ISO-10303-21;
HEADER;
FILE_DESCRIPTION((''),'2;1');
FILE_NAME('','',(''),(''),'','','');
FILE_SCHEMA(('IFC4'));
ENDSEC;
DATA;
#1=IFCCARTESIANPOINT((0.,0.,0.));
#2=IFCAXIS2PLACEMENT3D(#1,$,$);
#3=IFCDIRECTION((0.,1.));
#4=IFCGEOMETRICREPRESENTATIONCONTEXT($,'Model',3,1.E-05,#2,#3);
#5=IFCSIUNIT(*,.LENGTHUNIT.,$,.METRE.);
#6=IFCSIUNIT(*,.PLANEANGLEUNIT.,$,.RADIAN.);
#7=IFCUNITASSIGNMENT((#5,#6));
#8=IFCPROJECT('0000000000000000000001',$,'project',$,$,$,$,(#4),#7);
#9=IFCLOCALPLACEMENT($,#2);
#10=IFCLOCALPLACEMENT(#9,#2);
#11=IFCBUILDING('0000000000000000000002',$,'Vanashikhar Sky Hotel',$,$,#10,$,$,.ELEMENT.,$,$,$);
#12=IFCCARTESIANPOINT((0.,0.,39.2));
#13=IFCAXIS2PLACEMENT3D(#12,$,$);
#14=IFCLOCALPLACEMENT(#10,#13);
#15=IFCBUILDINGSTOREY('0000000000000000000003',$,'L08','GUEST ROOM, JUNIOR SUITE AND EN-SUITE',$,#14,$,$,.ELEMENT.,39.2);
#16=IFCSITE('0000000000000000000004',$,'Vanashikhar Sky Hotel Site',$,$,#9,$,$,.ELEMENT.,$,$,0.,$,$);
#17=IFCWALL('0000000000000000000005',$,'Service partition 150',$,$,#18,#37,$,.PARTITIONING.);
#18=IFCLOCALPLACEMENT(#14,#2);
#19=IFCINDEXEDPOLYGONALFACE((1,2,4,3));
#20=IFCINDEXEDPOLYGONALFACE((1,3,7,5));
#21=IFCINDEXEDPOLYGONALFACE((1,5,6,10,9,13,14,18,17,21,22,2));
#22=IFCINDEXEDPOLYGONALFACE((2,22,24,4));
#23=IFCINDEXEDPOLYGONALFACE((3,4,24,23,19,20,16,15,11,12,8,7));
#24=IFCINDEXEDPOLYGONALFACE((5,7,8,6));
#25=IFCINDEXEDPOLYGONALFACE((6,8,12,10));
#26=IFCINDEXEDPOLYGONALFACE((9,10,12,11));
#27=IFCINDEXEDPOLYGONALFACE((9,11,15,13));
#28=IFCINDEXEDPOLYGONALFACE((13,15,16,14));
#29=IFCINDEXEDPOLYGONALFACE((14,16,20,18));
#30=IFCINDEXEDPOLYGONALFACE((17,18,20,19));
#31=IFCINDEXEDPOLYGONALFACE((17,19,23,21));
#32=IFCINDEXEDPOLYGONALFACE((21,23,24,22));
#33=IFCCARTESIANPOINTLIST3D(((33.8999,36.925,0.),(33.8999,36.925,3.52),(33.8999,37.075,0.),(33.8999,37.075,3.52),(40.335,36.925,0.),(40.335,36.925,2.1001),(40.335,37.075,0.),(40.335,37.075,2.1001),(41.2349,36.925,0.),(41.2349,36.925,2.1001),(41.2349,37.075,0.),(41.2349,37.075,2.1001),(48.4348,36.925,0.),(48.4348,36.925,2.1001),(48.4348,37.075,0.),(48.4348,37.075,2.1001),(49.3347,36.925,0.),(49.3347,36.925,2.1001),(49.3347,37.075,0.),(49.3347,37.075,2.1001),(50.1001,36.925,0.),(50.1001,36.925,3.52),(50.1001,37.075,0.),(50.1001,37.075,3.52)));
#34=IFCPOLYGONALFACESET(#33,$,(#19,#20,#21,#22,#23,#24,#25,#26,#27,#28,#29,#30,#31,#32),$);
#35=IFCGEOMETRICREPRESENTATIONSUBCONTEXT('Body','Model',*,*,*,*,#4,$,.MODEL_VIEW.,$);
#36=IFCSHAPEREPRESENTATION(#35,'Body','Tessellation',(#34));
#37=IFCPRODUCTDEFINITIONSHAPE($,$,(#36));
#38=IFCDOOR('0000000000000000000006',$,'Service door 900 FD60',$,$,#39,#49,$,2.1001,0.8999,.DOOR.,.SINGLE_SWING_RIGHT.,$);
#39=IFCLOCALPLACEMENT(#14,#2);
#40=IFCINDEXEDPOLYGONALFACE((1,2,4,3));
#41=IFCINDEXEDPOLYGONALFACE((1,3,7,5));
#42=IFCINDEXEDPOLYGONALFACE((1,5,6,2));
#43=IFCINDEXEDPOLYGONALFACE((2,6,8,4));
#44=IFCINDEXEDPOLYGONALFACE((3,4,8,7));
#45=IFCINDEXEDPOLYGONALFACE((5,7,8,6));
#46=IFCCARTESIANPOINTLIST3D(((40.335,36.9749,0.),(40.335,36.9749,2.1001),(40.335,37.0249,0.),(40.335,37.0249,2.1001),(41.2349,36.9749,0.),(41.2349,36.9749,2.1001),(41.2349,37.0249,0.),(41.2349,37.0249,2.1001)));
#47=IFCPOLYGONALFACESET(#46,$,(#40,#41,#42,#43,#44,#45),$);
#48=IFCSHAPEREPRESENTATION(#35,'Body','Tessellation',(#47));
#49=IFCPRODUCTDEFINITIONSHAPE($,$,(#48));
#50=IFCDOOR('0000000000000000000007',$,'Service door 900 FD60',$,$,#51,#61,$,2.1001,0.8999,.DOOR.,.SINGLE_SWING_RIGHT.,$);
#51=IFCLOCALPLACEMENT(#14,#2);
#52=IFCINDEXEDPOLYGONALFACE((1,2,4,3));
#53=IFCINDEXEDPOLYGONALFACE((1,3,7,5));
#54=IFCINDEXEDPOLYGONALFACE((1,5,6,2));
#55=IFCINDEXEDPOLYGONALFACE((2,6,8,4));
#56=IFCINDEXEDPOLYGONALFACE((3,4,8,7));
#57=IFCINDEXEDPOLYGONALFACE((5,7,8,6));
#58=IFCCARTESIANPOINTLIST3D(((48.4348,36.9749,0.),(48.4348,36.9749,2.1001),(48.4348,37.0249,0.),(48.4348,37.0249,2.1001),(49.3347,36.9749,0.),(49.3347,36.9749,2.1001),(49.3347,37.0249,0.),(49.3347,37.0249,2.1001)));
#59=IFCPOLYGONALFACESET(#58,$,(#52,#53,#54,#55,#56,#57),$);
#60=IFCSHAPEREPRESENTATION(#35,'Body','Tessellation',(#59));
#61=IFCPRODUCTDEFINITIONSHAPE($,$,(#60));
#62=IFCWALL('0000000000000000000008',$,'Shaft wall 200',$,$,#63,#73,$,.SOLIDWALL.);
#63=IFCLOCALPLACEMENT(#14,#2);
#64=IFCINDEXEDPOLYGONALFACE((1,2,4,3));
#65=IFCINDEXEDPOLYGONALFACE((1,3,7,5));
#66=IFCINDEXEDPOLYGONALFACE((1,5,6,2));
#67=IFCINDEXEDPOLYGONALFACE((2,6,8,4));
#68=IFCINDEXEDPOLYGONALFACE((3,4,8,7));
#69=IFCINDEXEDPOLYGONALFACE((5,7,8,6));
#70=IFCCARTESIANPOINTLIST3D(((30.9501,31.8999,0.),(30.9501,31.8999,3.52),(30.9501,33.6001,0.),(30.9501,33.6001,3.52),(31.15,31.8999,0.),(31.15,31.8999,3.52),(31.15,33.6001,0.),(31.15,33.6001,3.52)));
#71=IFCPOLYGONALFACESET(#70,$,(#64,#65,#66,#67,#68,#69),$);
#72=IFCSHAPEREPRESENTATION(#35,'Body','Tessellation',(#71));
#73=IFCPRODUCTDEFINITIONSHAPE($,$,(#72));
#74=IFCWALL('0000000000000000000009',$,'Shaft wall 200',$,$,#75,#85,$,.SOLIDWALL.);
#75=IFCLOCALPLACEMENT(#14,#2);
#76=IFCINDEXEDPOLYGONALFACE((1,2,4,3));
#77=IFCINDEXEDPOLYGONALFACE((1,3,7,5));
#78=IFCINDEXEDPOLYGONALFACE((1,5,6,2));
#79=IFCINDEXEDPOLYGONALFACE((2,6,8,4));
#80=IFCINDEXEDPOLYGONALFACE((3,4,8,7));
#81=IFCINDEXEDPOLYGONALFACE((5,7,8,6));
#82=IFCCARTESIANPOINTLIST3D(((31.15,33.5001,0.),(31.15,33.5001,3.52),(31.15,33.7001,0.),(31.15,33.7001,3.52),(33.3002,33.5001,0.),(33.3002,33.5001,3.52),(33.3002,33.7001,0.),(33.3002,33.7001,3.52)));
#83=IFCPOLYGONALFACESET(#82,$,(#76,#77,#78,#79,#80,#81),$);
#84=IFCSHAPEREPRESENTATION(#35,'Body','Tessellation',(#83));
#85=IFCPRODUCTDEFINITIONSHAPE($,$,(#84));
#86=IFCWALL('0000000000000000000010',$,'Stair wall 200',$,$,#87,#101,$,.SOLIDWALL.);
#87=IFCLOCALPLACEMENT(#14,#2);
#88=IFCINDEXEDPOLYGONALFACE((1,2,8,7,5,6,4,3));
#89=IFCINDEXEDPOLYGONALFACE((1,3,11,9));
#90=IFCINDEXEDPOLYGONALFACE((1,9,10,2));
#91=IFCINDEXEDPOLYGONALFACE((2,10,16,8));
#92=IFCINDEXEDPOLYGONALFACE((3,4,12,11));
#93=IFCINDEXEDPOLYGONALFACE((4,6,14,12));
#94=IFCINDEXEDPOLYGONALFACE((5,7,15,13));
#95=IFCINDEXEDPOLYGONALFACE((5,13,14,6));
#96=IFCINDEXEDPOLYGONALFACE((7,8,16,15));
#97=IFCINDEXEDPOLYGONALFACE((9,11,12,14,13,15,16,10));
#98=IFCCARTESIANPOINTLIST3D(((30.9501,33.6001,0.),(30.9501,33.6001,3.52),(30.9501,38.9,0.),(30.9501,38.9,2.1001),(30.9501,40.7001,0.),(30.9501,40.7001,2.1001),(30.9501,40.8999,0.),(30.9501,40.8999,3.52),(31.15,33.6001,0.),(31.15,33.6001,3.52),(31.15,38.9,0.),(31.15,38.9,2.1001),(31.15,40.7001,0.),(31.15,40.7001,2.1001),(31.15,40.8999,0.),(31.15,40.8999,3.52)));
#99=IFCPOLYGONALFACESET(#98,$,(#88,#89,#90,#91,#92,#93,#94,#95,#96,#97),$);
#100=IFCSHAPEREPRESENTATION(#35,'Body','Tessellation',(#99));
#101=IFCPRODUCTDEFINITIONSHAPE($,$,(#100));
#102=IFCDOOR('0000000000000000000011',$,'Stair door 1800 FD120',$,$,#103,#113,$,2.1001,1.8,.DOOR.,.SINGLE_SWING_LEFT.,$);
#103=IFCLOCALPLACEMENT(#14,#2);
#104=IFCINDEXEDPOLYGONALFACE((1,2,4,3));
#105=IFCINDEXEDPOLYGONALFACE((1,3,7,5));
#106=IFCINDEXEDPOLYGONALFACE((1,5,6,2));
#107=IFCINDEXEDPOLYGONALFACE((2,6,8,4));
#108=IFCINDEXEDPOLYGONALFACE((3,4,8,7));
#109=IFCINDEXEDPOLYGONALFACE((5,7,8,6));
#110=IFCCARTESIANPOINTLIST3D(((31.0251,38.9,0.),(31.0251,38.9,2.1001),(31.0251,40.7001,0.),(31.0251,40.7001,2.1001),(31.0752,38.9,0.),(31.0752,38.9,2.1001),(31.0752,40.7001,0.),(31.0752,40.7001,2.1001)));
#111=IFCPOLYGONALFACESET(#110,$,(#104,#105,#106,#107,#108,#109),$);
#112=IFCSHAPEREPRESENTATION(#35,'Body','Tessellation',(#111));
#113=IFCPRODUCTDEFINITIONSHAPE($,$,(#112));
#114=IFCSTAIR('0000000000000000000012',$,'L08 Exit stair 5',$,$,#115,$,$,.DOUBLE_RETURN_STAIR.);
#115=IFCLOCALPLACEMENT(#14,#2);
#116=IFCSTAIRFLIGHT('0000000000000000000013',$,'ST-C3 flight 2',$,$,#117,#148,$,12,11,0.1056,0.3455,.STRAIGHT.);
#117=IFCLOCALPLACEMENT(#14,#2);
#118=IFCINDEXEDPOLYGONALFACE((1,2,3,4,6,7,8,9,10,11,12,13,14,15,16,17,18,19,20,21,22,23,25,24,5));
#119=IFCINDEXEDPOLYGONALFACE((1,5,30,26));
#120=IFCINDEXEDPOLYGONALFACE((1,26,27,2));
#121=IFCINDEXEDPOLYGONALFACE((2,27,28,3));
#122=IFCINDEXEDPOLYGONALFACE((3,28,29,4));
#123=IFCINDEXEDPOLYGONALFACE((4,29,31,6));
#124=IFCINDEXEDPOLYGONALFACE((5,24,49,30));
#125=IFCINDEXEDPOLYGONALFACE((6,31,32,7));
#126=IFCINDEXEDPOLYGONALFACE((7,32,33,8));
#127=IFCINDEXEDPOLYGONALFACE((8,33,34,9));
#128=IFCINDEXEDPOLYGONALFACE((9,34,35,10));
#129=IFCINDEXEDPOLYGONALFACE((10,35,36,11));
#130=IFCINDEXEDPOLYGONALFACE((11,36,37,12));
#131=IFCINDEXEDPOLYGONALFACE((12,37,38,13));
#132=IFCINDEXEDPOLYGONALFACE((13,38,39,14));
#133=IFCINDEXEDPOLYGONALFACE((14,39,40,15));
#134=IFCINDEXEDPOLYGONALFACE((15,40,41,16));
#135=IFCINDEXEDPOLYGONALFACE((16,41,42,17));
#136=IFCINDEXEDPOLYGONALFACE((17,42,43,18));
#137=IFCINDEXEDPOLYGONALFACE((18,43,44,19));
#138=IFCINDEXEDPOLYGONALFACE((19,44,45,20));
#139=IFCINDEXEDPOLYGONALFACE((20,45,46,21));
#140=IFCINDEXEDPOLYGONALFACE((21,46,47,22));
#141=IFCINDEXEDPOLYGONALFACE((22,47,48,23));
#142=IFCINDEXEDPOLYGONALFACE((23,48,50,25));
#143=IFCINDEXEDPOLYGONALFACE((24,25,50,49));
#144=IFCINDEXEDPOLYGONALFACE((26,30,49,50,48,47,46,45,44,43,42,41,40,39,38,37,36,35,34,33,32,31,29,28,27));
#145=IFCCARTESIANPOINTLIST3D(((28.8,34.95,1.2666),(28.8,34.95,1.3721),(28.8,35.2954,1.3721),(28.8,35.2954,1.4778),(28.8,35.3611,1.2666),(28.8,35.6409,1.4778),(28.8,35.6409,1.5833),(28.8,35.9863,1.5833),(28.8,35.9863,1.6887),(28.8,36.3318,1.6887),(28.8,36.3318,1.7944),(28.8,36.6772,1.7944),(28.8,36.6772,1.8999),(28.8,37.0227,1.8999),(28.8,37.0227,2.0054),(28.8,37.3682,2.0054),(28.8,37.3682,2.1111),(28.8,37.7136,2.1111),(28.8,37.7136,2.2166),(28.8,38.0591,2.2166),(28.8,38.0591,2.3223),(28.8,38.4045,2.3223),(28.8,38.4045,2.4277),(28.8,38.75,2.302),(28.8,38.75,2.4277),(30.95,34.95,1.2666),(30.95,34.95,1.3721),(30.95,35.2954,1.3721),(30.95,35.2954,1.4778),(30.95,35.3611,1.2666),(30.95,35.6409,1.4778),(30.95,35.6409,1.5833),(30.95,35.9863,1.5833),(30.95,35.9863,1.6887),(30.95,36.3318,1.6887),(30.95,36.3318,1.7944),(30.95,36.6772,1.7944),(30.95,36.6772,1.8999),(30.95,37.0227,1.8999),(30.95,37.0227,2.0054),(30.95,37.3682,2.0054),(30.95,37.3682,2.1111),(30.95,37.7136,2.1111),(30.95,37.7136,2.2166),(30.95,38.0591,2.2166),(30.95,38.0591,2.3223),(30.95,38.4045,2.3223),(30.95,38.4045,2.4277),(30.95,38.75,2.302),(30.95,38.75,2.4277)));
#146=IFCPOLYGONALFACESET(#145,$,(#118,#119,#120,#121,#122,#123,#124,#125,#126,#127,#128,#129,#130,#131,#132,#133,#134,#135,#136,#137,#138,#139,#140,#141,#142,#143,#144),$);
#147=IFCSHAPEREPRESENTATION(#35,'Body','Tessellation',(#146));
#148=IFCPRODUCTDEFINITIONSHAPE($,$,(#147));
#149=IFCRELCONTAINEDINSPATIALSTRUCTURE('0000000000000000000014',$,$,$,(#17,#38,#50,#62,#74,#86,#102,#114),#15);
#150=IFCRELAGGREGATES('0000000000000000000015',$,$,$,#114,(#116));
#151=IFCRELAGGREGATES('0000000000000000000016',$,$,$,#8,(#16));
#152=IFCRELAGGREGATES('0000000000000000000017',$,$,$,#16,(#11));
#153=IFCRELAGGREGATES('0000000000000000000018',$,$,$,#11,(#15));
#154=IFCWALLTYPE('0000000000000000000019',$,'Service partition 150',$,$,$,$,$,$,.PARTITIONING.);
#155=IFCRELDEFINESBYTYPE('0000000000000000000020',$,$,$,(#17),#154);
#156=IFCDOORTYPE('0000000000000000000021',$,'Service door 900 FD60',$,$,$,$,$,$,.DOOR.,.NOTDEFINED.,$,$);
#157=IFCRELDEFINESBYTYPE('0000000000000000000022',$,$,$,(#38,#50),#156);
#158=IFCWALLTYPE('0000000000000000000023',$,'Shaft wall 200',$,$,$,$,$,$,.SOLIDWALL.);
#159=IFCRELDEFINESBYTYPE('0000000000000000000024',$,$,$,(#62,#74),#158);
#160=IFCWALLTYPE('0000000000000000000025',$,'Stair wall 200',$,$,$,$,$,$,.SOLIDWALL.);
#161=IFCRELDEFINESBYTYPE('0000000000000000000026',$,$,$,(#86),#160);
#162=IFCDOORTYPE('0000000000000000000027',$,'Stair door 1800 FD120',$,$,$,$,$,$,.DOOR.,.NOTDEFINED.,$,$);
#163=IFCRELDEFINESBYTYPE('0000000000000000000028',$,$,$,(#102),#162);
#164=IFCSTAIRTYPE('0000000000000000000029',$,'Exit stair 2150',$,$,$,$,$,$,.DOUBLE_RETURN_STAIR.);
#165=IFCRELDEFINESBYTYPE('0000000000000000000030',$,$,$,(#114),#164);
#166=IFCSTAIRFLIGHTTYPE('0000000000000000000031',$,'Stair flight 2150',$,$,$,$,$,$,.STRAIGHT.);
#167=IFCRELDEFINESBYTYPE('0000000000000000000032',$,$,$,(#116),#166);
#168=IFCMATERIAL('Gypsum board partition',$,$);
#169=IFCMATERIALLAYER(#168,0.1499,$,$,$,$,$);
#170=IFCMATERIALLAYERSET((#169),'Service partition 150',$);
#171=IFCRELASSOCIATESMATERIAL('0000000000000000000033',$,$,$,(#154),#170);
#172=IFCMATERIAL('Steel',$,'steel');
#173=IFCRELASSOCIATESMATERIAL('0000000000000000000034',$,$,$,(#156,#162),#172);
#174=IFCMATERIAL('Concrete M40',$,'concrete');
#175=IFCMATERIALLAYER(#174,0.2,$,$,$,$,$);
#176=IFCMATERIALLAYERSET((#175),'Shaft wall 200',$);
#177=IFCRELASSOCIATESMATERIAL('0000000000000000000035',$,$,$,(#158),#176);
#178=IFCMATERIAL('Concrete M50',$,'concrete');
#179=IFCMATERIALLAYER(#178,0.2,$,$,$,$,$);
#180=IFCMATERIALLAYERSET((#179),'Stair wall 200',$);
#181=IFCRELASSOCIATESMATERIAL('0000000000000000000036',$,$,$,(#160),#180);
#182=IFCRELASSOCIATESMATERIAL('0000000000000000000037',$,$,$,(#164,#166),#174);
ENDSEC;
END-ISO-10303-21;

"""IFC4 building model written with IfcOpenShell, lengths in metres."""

from ifc_helpers import new_model, si_unit, direction, frame, frame_2d, origin, place, context, subcontext, project, spatial, polyline, rectangle, outline, extrude, source, transform, mapped, material, layer, layer_set, type_object, element, fill, aggregate, save


model = new_model("IFC4")

# Units and contexts
model_context = context("Model", 3, precision=1e-05, world=origin(), true_north=direction((0.0, 1.0)))
body_context = subcontext(model_context, "Body", "Model", "MODEL_VIEW")
ifc_project = project(units=[si_unit("LENGTHUNIT", "METRE"), si_unit("PLANEANGLEUNIT", "RADIAN")], contexts=[model_context])

# Site, building, storey
site_placement = place(None, origin())
site = spatial("IfcSite", under=ifc_project, at=site_placement, Name="Vanashikhar Sky Hotel Site", CompositionType="ELEMENT", RefElevation=0.0)
building_placement = place(site_placement, origin())
building = spatial("IfcBuilding", under=site, at=building_placement, Name="Vanashikhar Sky Hotel", CompositionType="ELEMENT")
storey_placement = place(building_placement, frame((0.0, 0.0, 39.2)))
storey = spatial("IfcBuildingStorey", under=building, at=storey_placement, Name="L08", Description="GUEST ROOM, JUNIOR SUITE AND EN-SUITE", CompositionType="ELEMENT", Elevation=39.2)

# Shared definitions
ifc_material_1 = material(Name="Steel", Category="steel")

# Shared definitions
ifc_material_2 = material(Name="Gypsum board partition")
ifc_layer_1 = layer(ifc_material_2, 0.1499)
ifc_layer_set_1 = layer_set([ifc_layer_1], Name="Service partition 150")
wall_type_1 = type_object("IfcWallType", Name="Service partition 150", PredefinedType="PARTITIONING", material=ifc_layer_set_1)

# Wall, openings, doors
shared_shape_1 = source(origin(), body_context, "Body", "SweptSolid", [
    extrude(rectangle(XDim=0.8999, YDim=2.1001, at=frame_2d((0.45, 1.05))), frame((0.0, 0.085, 0.0), z_axis=(0.0, -1.0, 0.0), x_axis=(1.0, 0.0, 0.0)), (0.0, 0.0, 1.0), 0.1699),
])
door_type_1 = type_object("IfcDoorType", Name="Service door 900 FD60", OperationType="NOTDEFINED", PredefinedType="DOOR", material=ifc_material_1)
shared_shape_2 = source(origin(), body_context, "Body", "SweptSolid", [
    extrude(rectangle(XDim=0.8999, YDim=2.1001, at=frame_2d((0.45, 1.05))), frame((0.0, 0.0249, 0.0), z_axis=(0.0, -1.0, 0.0), x_axis=(1.0, 0.0, 0.0)), (0.0, 0.0, 1.0), 0.05),
])
shared_shape_3 = source(origin(), body_context, "Body", "SweptSolid", [
    extrude(rectangle(XDim=16.2002, YDim=0.1499, at=frame_2d((8.1001, 0.0))), origin(), (0.0, 0.0, 1.0), 3.52),
])
wall_1_placement = place(storey_placement, frame((33.8999, 37.0, 0.0), z_axis=(0.0, 0.0, 1.0), x_axis=(1.0, 0.0, 0.0)))
wall_1 = element("IfcWall", 1, at=wall_1_placement, inside=storey, type_object=wall_type_1, Name="Service partition 150", PredefinedType="PARTITIONING", context=body_context, shape_type="MappedRepresentation", body=[
    mapped(shared_shape_3, transform((0.0, 0.0, 0.0), scale=1.0)),
])
opening_1_placement = place(wall_1_placement, frame((6.4351, 0.0, 0.0)))
opening_1 = element("IfcOpeningElement", 2, at=opening_1_placement, cuts=wall_1, PredefinedType="OPENING", context=body_context, shape_type="MappedRepresentation", body=[
    mapped(shared_shape_1, transform((0.0, 0.0, 0.0), scale=1.0)),
])
opening_2_placement = place(wall_1_placement, frame((14.5349, 0.0, 0.0)))
opening_2 = element("IfcOpeningElement", 3, at=opening_2_placement, cuts=wall_1, PredefinedType="OPENING", context=body_context, shape_type="MappedRepresentation", body=[
    mapped(shared_shape_1, transform((0.0, 0.0, 0.0), scale=1.0)),
])
door_1_placement = place(opening_1_placement, origin())
door_1 = element("IfcDoor", 4, at=door_1_placement, inside=storey, type_object=door_type_1, Name="Service door 900 FD60", OperationType="SINGLE_SWING_RIGHT", OverallHeight=2.1001, OverallWidth=0.8999, PredefinedType="DOOR", context=body_context, shape_type="MappedRepresentation", body=[
    mapped(shared_shape_2, transform((0.0, 0.0, 0.0), scale=1.0)),
])
fill(opening_1, door_1)
door_2_placement = place(opening_2_placement, origin())
door_2 = element("IfcDoor", 5, at=door_2_placement, inside=storey, type_object=door_type_1, Name="Service door 900 FD60", OperationType="SINGLE_SWING_RIGHT", OverallHeight=2.1001, OverallWidth=0.8999, PredefinedType="DOOR", context=body_context, shape_type="MappedRepresentation", body=[
    mapped(shared_shape_2, transform((0.0, 0.0, 0.0), scale=1.0)),
])
fill(opening_2, door_2)

# Walls
ifc_material_3 = material(Name="Concrete M40", Category="concrete")
ifc_layer_2 = layer(ifc_material_3, 0.2)
ifc_layer_set_2 = layer_set([ifc_layer_2], Name="Shaft wall 200")
wall_type_2 = type_object("IfcWallType", Name="Shaft wall 200", PredefinedType="SOLIDWALL", material=ifc_layer_set_2)
shared_shape_4 = source(origin(), body_context, "Body", "SweptSolid", [
    extrude(rectangle(XDim=1.7002, YDim=0.2, at=frame_2d((0.8501, 0.0))), origin(), (0.0, 0.0, 1.0), 3.52),
])
wall_2_placement = place(storey_placement, frame((31.05, 31.8999, 0.0), z_axis=(0.0, 0.0, 1.0), x_axis=(0.0, 1.0, 0.0)))
element("IfcWall", 6, at=wall_2_placement, inside=storey, type_object=wall_type_2, Name="Shaft wall 200", PredefinedType="SOLIDWALL", context=body_context, shape_type="MappedRepresentation", body=[
    mapped(shared_shape_4, transform((0.0, 0.0, 0.0), scale=1.0)),
])
shared_shape_5 = source(origin(), body_context, "Body", "SweptSolid", [
    extrude(rectangle(XDim=2.1501, YDim=0.2, at=frame_2d((1.0752, 0.0))), origin(), (0.0, 0.0, 1.0), 3.52),
])
wall_3_placement = place(storey_placement, frame((31.1499, 33.6001, 0.0), z_axis=(0.0, 0.0, 1.0), x_axis=(1.0, 0.0, 0.0)))
element("IfcWall", 7, at=wall_3_placement, inside=storey, type_object=wall_type_2, Name="Shaft wall 200", PredefinedType="SOLIDWALL", context=body_context, shape_type="MappedRepresentation", body=[
    mapped(shared_shape_5, transform((0.0, 0.0, 0.0), scale=1.0)),
])

# Wall, opening, door
ifc_material_4 = material(Name="Concrete M50", Category="concrete")
ifc_layer_3 = layer(ifc_material_4, 0.2)
ifc_layer_set_3 = layer_set([ifc_layer_3], Name="Stair wall 200")
wall_type_3 = type_object("IfcWallType", Name="Stair wall 200", PredefinedType="SOLIDWALL", material=ifc_layer_set_3)
shared_shape_6 = source(origin(), body_context, "Body", "SweptSolid", [
    extrude(rectangle(XDim=7.2998, YDim=0.2, at=frame_2d((3.6499, 0.0))), origin(), (0.0, 0.0, 1.0), 3.52),
])
wall_4_placement = place(storey_placement, frame((31.05, 33.6001, 0.0), z_axis=(0.0, 0.0, 1.0), x_axis=(0.0, 1.0, 0.0)))
wall_4 = element("IfcWall", 8, at=wall_4_placement, inside=storey, type_object=wall_type_3, Name="Stair wall 200", PredefinedType="SOLIDWALL", context=body_context, shape_type="MappedRepresentation", body=[
    mapped(shared_shape_6, transform((0.0, 0.0, 0.0), scale=1.0)),
])
shared_shape_7 = source(origin(), body_context, "Body", "SweptSolid", [
    extrude(rectangle(XDim=1.8, YDim=2.1001, at=frame_2d((0.8999, 1.05))), frame((0.0, 0.1099, 0.0), z_axis=(0.0, -1.0, 0.0), x_axis=(1.0, 0.0, 0.0)), (0.0, 0.0, 1.0), 0.22),
])
opening_3_placement = place(wall_4_placement, frame((5.3, 0.0, 0.0)))
opening_3 = element("IfcOpeningElement", 9, at=opening_3_placement, cuts=wall_4, PredefinedType="OPENING", context=body_context, shape_type="MappedRepresentation", body=[
    mapped(shared_shape_7, transform((0.0, 0.0, 0.0), scale=1.0)),
])
door_type_2 = type_object("IfcDoorType", Name="Stair door 1800 FD120", OperationType="NOTDEFINED", PredefinedType="DOOR", material=ifc_material_1)
shared_shape_8 = source(origin(), body_context, "Body", "SweptSolid", [
    extrude(rectangle(XDim=1.8, YDim=2.1001, at=frame_2d((0.8999, 1.05))), frame((0.0, 0.0249, 0.0), z_axis=(0.0, -1.0, 0.0), x_axis=(1.0, 0.0, 0.0)), (0.0, 0.0, 1.0), 0.05),
])
door_3_placement = place(opening_3_placement, origin())
door_3 = element("IfcDoor", 10, at=door_3_placement, inside=storey, type_object=door_type_2, Name="Stair door 1800 FD120", OperationType="SINGLE_SWING_LEFT", OverallHeight=2.1001, OverallWidth=1.8, PredefinedType="DOOR", context=body_context, shape_type="MappedRepresentation", body=[
    mapped(shared_shape_8, transform((0.0, 0.0, 0.0), scale=1.0)),
])
fill(opening_3, door_3)

# Stair, stair flight
stair_type = type_object("IfcStairType", Name="Exit stair 2150", PredefinedType="DOUBLE_RETURN_STAIR", material=ifc_material_3)
stair_placement = place(storey_placement, origin())
stair = element("IfcStair", 11, at=stair_placement, inside=storey, type_object=stair_type, Name="L08 Exit stair 5", PredefinedType="DOUBLE_RETURN_STAIR")
stair_flight_type = type_object("IfcStairFlightType", Name="Stair flight 2150", PredefinedType="STRAIGHT", material=ifc_material_3)
shared_shape_9 = source(origin(), body_context, "Body", "SweptSolid", [
    extrude(outline(polyline([(0.0, 0.0), (0.0, 0.1055), (0.3455, 0.1055), (0.3455, 0.2112), (0.6909, 0.2112), (0.6909, 0.3167), (1.0364, 0.3167), (1.0364, 0.4221), (1.3818, 0.4221), (1.3818, 0.5278), (1.7273, 0.5278), (1.7273, 0.6333), (2.0728, 0.6333), (2.0728, 0.7388), (2.4182, 0.7388), (2.4182, 0.8445), (2.7637, 0.8445), (2.7637, 0.95), (3.1091, 0.95), (3.1091, 1.0557), (3.4546, 1.0557), (3.4546, 1.1611), (3.8, 1.1611), (3.8, 1.2666), (3.8, 1.0354), (0.4111, 0.0), (0.0, 0.0)])), frame((0.0, 1.075, 0.0), z_axis=(0.0, -1.0, 0.0), x_axis=(1.0, 0.0, 0.0)), (0.0, 0.0, 1.0), 2.1499),
])
stair_flight_1_placement = place(storey_placement, frame((29.875, 34.95, 1.2666), z_axis=(0.0, 0.0, 1.0), x_axis=(0.0, 1.0, 0.0)))
stair_flight_1 = element("IfcStairFlight", 12, at=stair_flight_1_placement, type_object=stair_flight_type, Name="ST-C3 flight 2", NumberOfRisers=12, NumberOfTreads=11, PredefinedType="STRAIGHT", RiserHeight=0.1056, TreadLength=0.3455, context=body_context, shape_type="MappedRepresentation", body=[
    mapped(shared_shape_9, transform((0.0, 0.0, 0.0), scale=1.0)),
])
aggregate(stair, [stair_flight_1])

save(model, "model.ifc")
